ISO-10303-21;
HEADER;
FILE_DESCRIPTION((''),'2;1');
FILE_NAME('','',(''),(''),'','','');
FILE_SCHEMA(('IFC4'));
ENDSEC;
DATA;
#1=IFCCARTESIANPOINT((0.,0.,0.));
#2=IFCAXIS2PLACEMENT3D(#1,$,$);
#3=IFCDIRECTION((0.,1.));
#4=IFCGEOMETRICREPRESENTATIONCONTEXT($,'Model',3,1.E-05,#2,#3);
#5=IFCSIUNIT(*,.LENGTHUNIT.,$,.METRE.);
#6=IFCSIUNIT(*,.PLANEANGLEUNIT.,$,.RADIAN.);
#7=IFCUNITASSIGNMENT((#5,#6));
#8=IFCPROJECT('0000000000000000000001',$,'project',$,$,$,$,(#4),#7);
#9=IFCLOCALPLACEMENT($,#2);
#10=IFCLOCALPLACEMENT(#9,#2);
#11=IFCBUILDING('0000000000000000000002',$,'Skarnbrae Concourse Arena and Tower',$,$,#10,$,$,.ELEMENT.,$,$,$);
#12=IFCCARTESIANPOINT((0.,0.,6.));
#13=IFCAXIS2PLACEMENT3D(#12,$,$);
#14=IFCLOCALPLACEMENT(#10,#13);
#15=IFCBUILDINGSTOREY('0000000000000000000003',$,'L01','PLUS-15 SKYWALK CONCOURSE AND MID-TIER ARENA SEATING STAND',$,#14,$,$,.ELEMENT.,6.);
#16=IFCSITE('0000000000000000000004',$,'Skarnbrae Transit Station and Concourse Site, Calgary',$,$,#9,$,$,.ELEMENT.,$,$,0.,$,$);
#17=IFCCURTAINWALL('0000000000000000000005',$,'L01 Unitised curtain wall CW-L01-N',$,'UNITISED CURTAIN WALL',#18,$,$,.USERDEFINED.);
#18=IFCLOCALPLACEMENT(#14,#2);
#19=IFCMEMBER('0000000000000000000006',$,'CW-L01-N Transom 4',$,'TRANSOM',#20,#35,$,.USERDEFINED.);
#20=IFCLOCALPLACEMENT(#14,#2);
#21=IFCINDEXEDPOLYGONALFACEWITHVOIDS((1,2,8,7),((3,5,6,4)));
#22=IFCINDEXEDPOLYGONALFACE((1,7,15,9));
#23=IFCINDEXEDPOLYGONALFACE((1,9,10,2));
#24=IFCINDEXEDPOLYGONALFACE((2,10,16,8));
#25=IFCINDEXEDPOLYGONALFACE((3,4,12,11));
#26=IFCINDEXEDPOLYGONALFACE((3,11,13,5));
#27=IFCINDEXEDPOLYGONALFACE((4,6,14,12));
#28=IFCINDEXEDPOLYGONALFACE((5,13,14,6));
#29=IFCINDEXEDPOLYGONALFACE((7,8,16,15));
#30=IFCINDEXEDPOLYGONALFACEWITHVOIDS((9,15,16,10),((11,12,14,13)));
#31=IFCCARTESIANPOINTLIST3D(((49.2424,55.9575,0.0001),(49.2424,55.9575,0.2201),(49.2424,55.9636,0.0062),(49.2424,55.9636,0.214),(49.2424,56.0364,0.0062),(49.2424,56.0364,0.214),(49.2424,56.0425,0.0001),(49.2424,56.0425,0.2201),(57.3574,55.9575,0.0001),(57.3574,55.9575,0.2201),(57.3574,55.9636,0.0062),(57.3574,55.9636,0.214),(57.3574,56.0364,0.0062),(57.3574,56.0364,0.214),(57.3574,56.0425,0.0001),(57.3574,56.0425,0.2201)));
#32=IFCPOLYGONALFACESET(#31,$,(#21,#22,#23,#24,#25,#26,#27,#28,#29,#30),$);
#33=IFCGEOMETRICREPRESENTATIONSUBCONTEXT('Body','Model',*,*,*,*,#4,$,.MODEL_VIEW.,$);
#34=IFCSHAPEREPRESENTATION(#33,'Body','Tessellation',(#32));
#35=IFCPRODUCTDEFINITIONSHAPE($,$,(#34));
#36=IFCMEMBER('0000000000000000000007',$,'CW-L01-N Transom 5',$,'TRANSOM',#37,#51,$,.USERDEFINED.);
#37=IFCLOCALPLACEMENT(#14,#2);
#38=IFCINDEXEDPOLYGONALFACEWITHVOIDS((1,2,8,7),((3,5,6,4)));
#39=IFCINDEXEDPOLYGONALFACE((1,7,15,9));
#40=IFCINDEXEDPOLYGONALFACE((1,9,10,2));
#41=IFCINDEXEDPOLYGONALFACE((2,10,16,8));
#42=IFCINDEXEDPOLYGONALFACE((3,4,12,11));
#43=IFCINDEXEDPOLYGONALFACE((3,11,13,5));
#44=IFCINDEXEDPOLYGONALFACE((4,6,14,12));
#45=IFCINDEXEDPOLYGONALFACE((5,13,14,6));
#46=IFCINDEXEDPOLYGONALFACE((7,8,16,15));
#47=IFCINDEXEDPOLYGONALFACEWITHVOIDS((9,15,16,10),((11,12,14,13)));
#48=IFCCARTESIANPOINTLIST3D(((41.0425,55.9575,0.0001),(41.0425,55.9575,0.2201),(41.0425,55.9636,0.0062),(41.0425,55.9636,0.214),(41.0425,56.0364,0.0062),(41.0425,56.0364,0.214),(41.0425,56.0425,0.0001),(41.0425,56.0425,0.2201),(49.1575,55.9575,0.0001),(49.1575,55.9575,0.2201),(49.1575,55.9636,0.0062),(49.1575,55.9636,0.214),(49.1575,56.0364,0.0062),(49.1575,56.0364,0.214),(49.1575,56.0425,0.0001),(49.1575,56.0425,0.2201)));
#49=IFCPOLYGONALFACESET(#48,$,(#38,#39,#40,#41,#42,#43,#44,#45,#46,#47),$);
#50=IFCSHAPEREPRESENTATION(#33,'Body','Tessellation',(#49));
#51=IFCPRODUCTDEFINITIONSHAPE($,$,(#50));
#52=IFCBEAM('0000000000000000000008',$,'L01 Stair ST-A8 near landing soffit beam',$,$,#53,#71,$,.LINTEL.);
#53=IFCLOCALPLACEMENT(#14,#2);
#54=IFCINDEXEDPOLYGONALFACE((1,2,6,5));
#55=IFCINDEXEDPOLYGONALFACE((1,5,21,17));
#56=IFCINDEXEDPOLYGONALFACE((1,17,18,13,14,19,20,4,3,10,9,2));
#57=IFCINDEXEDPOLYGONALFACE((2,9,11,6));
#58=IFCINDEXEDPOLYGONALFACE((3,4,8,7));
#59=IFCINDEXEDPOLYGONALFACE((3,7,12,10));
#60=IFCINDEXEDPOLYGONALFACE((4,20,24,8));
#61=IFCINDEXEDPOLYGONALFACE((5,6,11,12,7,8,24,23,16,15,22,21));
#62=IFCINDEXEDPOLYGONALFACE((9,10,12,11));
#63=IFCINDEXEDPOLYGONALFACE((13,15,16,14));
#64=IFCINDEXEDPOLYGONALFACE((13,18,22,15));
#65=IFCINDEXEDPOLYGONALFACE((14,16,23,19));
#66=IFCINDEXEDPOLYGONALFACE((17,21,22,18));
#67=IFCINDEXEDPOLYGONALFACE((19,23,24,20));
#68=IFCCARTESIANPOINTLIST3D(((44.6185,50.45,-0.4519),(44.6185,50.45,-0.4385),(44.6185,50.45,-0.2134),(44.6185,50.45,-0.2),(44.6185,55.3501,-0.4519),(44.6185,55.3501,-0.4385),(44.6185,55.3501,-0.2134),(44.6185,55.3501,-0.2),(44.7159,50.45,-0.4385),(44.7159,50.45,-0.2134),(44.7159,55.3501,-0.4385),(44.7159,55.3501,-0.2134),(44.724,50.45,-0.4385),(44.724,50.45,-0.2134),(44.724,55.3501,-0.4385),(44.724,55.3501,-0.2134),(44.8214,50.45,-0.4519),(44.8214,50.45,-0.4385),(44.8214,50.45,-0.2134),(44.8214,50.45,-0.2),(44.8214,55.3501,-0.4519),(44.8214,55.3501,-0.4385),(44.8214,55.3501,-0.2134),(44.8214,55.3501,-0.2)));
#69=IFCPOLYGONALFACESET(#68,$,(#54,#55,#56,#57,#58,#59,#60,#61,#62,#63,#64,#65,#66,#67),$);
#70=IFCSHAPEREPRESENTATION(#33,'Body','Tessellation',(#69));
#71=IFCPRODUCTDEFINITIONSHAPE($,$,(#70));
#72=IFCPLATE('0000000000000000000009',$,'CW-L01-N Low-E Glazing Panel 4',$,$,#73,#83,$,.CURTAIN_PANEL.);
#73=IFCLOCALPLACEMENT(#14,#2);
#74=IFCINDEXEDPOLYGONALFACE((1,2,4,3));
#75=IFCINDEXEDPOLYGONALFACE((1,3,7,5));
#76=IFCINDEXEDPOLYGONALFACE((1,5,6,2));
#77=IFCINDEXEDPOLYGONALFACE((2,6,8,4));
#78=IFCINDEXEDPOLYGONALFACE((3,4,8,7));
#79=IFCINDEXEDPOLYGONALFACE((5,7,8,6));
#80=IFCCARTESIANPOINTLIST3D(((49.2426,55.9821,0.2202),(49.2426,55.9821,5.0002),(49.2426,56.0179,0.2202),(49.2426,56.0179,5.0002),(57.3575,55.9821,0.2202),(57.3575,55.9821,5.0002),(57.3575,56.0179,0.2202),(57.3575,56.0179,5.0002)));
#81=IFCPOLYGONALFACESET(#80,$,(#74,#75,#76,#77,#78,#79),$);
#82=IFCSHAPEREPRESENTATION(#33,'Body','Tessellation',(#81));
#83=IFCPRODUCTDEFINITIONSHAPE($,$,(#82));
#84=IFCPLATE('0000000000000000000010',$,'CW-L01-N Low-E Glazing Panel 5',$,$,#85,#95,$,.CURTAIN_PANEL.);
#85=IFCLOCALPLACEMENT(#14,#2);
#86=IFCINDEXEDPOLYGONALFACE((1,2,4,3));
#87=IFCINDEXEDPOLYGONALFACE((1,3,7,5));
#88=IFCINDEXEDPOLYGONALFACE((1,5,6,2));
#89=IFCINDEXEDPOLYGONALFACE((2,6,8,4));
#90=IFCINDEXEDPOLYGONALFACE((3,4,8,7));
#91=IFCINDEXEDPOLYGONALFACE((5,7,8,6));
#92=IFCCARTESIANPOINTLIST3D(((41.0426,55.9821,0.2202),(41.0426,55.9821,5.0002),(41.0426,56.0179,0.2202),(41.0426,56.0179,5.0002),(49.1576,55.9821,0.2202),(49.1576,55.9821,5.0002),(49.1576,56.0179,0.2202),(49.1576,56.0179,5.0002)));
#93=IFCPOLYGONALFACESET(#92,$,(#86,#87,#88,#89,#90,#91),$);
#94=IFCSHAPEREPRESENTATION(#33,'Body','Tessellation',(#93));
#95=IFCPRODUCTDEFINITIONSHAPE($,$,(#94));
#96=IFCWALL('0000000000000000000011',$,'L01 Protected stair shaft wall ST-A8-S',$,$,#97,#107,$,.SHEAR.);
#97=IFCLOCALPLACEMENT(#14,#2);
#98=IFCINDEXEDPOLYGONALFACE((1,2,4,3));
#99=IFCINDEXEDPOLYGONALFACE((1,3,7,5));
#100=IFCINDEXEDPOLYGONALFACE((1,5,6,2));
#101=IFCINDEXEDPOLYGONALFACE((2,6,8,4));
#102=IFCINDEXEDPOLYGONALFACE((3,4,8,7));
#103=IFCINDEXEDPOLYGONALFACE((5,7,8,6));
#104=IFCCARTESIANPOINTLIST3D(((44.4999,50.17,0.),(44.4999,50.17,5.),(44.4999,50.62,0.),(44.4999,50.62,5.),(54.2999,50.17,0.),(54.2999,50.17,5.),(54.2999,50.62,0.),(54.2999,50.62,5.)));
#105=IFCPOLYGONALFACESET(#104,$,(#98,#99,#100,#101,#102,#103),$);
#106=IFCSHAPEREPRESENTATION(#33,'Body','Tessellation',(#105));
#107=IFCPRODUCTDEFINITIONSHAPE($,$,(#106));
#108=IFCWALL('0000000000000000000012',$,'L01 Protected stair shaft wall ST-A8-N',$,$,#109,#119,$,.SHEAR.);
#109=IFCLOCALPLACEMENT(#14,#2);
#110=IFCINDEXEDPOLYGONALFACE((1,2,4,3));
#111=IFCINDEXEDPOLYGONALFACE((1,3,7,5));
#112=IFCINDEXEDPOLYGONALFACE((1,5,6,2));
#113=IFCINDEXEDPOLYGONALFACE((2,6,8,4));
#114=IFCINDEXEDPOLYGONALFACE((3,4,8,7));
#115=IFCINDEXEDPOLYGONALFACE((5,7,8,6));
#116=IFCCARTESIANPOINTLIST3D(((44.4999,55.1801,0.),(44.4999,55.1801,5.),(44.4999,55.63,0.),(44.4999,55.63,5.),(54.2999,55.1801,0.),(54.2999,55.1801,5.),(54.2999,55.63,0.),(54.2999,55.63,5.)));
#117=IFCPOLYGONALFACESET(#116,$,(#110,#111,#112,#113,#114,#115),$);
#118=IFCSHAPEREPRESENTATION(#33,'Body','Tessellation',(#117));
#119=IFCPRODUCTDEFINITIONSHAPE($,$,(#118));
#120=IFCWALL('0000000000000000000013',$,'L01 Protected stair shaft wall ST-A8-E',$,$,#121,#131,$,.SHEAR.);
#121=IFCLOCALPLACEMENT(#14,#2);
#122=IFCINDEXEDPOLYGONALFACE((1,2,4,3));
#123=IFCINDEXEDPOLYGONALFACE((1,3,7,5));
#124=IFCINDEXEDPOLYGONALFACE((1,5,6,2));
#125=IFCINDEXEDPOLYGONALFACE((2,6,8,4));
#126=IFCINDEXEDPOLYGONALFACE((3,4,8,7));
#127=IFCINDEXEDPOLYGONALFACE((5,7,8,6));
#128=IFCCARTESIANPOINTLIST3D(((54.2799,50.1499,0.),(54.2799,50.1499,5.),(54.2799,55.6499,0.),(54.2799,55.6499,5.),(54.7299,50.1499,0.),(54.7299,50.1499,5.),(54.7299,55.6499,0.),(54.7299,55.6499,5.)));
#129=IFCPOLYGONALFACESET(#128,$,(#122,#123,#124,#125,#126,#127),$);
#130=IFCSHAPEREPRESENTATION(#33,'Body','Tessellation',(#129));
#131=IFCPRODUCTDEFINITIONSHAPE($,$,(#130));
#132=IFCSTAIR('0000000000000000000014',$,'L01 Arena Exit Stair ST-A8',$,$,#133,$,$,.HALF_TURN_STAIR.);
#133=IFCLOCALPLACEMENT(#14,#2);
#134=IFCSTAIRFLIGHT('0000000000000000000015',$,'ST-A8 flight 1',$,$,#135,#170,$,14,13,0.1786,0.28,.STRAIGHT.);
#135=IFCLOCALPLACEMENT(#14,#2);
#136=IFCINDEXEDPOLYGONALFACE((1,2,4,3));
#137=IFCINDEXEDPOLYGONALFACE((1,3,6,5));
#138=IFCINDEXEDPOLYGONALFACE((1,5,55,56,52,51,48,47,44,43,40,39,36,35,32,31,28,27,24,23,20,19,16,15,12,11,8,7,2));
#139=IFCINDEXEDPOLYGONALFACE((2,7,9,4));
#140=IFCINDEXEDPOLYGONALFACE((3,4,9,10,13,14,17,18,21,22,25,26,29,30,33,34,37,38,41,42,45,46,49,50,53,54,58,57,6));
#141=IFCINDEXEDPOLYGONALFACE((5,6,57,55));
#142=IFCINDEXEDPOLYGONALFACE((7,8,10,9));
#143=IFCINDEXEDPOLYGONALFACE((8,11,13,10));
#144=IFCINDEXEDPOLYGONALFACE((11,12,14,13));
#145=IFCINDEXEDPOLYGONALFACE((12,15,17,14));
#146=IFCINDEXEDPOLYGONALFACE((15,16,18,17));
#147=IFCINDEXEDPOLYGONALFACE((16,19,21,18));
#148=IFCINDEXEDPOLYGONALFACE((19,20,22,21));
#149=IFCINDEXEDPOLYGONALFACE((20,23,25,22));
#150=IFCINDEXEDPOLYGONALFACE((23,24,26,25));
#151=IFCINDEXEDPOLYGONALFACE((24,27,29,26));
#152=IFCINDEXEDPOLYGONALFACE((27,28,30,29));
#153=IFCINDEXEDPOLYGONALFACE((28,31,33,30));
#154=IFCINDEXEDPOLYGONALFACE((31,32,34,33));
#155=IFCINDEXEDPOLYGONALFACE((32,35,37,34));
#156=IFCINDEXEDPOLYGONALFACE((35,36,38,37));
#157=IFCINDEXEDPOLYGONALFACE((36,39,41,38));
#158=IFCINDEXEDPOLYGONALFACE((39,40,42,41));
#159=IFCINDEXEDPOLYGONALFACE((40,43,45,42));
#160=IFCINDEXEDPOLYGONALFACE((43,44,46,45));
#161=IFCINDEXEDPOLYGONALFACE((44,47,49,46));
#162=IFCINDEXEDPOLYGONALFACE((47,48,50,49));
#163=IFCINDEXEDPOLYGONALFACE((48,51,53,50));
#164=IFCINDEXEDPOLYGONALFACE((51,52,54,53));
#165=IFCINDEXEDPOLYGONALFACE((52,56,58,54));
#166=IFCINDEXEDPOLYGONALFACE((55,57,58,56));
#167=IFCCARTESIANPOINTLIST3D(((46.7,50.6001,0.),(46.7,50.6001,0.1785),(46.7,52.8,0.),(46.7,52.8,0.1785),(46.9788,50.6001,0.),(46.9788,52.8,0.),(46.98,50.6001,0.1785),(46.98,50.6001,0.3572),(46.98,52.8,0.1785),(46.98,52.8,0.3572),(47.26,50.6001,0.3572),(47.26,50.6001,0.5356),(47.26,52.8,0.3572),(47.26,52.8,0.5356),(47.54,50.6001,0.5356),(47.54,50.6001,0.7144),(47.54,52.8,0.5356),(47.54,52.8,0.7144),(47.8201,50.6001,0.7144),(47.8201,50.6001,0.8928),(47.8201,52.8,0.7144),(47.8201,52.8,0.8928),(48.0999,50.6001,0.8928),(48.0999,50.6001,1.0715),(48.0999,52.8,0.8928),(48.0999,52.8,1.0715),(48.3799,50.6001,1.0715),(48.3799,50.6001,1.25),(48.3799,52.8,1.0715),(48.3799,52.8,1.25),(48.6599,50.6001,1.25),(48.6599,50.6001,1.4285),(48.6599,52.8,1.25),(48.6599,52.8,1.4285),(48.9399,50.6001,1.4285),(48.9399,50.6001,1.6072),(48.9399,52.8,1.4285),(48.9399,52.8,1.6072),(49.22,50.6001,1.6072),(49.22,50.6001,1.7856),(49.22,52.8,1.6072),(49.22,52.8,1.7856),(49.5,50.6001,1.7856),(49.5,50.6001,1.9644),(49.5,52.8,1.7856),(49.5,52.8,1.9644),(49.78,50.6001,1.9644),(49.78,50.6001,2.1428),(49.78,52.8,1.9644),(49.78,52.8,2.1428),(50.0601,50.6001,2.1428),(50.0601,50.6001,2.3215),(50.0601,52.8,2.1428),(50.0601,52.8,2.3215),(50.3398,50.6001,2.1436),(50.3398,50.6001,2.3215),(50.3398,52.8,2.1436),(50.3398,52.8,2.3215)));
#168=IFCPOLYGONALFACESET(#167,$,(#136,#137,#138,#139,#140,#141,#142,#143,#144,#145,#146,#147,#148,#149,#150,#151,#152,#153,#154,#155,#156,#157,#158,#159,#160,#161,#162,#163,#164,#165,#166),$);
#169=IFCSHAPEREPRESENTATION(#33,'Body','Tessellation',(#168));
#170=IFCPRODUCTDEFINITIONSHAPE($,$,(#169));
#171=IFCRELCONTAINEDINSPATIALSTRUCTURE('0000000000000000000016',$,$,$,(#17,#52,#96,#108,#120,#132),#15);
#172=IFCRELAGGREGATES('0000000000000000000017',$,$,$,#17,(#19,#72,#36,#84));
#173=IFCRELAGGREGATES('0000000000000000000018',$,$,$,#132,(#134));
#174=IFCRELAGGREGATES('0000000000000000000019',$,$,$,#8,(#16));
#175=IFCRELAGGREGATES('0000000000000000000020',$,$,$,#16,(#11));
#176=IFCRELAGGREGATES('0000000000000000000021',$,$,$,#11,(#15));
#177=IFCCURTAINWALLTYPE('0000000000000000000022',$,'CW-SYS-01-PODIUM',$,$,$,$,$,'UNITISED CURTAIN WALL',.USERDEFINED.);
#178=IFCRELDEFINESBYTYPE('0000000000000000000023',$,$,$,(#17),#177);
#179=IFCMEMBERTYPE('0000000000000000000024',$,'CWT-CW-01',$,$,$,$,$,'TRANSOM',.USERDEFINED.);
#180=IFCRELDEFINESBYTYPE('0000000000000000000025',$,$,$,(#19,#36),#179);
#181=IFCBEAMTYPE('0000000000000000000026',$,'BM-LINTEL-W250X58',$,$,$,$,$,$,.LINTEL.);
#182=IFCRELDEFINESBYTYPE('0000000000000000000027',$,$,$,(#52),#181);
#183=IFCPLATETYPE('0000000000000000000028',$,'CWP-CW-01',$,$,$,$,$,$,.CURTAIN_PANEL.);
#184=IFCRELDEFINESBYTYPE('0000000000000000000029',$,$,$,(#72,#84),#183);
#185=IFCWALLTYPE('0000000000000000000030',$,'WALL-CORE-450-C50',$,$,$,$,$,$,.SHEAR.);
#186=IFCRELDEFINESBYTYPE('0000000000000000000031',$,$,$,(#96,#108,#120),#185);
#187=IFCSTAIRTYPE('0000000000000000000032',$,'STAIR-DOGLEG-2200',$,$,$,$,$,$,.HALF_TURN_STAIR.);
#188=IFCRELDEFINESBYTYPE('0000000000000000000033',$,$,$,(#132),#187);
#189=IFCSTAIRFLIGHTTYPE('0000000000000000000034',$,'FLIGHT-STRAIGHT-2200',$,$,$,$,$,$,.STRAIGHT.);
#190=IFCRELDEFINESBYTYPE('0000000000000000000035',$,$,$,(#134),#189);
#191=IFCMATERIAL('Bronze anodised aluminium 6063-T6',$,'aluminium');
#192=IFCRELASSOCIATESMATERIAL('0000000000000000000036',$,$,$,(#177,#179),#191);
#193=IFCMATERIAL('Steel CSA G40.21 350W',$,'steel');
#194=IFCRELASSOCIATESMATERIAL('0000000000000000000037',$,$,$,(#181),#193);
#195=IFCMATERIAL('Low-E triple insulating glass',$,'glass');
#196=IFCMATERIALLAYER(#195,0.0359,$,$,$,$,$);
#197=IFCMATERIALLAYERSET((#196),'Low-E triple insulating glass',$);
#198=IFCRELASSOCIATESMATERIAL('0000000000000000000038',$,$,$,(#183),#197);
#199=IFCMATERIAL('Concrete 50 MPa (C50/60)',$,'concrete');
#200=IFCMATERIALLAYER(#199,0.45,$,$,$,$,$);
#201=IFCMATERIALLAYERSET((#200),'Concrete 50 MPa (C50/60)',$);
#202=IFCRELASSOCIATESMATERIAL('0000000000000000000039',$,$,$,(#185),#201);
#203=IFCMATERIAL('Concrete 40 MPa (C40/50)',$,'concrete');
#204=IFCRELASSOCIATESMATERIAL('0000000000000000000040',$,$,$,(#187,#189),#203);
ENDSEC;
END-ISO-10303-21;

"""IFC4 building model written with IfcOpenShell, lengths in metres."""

from ifc_helpers import new_model, si_unit, direction, frame, frame_2d, origin, origin_2d, place, context, subcontext, project, spatial, polyline, rectangle, hollow_rectangle, i_section, outline, extrude, source, transform, mapped, material, layer, layer_set, material_profile, profile_set, type_object, element, aggregate, save


model = new_model("IFC4")

# Units and contexts
model_context = context("Model", 3, precision=1e-05, world=origin(), true_north=direction((0.0, 1.0)))
body_context = subcontext(model_context, "Body", "Model", "MODEL_VIEW")
ifc_project = project(units=[si_unit("LENGTHUNIT", "METRE"), si_unit("PLANEANGLEUNIT", "RADIAN")], contexts=[model_context])

# Site, building, storey
site_placement = place(None, origin())
site = spatial("IfcSite", under=ifc_project, at=site_placement, Name="Skarnbrae Transit Station and Concourse Site, Calgary", CompositionType="ELEMENT", RefElevation=0.0)
building_placement = place(site_placement, origin())
building = spatial("IfcBuilding", under=site, at=building_placement, Name="Skarnbrae Concourse Arena and Tower", CompositionType="ELEMENT")
storey_placement = place(building_placement, frame((0.0, 0.0, 6.0)))
storey = spatial("IfcBuildingStorey", under=building, at=storey_placement, Name="L01", Description="PLUS-15 SKYWALK CONCOURSE AND MID-TIER ARENA SEATING STAND", CompositionType="ELEMENT", Elevation=6.0)

# Shared definitions
ifc_material_1 = material(Name="Steel CSA G40.21 350W", Category="steel")

# Curtain wall, members
ifc_material_2 = material(Name="Bronze anodised aluminium 6063-T6", Category="aluminium")
curtain_wall_type = type_object("IfcCurtainWallType", Name="CW-SYS-01-PODIUM", ElementType="UNITISED CURTAIN WALL", PredefinedType="USERDEFINED", material=ifc_material_2)
curtain_wall_placement = place(storey_placement, origin())
curtain_wall = element("IfcCurtainWall", 1, at=curtain_wall_placement, inside=storey, type_object=curtain_wall_type, Name="L01 Unitised curtain wall CW-L01-N", ObjectType="UNITISED CURTAIN WALL", PredefinedType="USERDEFINED")
ifc_material_profile_1 = material_profile(ifc_material_2, hollow_rectangle(XDim=0.085, YDim=0.22, WallThickness=0.0061, at=origin_2d()), Name="ALU-TRAN-85X220")
ifc_profile_set_1 = profile_set([ifc_material_profile_1], Name="Bronze anodised aluminium 6063-T6")
member_type_1 = type_object("IfcMemberType", Name="CWT-CW-01", ElementType="TRANSOM", PredefinedType="USERDEFINED", material=ifc_profile_set_1)
shared_shape_1 = source(origin(), body_context, "Body", "SweptSolid", [
    extrude(hollow_rectangle(XDim=0.085, YDim=0.22, WallThickness=0.0061, at=origin_2d()), origin(), (0.0, 0.0, 1.0), 8.115),
])
member_1_placement = place(storey_placement, frame((57.3574, 56.0, 0.1101), z_axis=(-1.0, 0.0, 0.0), x_axis=(0.0, -1.0, 0.0)))
member_1 = element("IfcMember", 2, at=member_1_placement, type_object=member_type_1, Name="CW-L01-N Transom 4", ObjectType="TRANSOM", PredefinedType="USERDEFINED", context=body_context, shape_type="MappedRepresentation", body=[
    mapped(shared_shape_1, transform((0.0, 0.0, 0.0))),
])
member_2_placement = place(storey_placement, frame((49.1575, 56.0, 0.1101), z_axis=(-1.0, 0.0, 0.0), x_axis=(0.0, -1.0, 0.0)))
member_2 = element("IfcMember", 3, at=member_2_placement, type_object=member_type_1, Name="CW-L01-N Transom 5", ObjectType="TRANSOM", PredefinedType="USERDEFINED", context=body_context, shape_type="MappedRepresentation", body=[
    mapped(shared_shape_1, transform((0.0, 0.0, 0.0))),
])

# Beam
ifc_material_profile_2 = material_profile(ifc_material_1, i_section(OverallWidth=0.2029, OverallDepth=0.252, WebThickness=0.0081, FlangeThickness=0.0134, at=origin_2d()), Name="W250X58")
ifc_profile_set_2 = profile_set([ifc_material_profile_2], Name="Steel CSA G40.21 350W")
beam_type_1 = type_object("IfcBeamType", Name="BM-LINTEL-W250X58", PredefinedType="LINTEL", material=ifc_profile_set_2)
shared_shape_2 = source(origin(), body_context, "Body", "SweptSolid", [
    extrude(i_section(OverallWidth=0.2029, OverallDepth=0.252, WebThickness=0.0081, FlangeThickness=0.0134, at=origin_2d()), origin(), (0.0, 0.0, 1.0), 4.9001),
])
beam_1_placement = place(storey_placement, frame((44.72, 50.45, -0.3259), z_axis=(0.0, 1.0, 0.0), x_axis=(-1.0, 0.0, 0.0)))
element("IfcBeam", 4, at=beam_1_placement, inside=storey, type_object=beam_type_1, Name="L01 Stair ST-A8 near landing soffit beam", PredefinedType="LINTEL", context=body_context, shape_type="MappedRepresentation", body=[
    mapped(shared_shape_2, transform((0.0, 0.0, 0.0))),
])

# Plates
ifc_material_3 = material(Name="Low-E triple insulating glass", Category="glass")
ifc_layer_1 = layer(ifc_material_3, 0.0359)
ifc_layer_set_1 = layer_set([ifc_layer_1], Name="Low-E triple insulating glass")
plate_type = type_object("IfcPlateType", Name="CWP-CW-01", PredefinedType="CURTAIN_PANEL", material=ifc_layer_set_1)
shared_shape_3 = source(origin(), body_context, "Body", "SweptSolid", [
    extrude(rectangle(XDim=8.115, YDim=0.0359, at=origin_2d()), origin(), (0.0, 0.0, 1.0), 4.78),
])
plate_1_placement = place(storey_placement, frame((53.3, 56.0, 0.2202), z_axis=(0.0, 0.0, 1.0), x_axis=(-1.0, 0.0, 0.0)))
plate_1 = element("IfcPlate", 5, at=plate_1_placement, type_object=plate_type, Name="CW-L01-N Low-E Glazing Panel 4", PredefinedType="CURTAIN_PANEL", context=body_context, shape_type="MappedRepresentation", body=[
    mapped(shared_shape_3, transform((0.0, 0.0, 0.0))),
])
plate_2_placement = place(storey_placement, frame((45.1001, 56.0, 0.2202), z_axis=(0.0, 0.0, 1.0), x_axis=(-1.0, 0.0, 0.0)))
plate_2 = element("IfcPlate", 6, at=plate_2_placement, type_object=plate_type, Name="CW-L01-N Low-E Glazing Panel 5", PredefinedType="CURTAIN_PANEL", context=body_context, shape_type="MappedRepresentation", body=[
    mapped(shared_shape_3, transform((0.0, 0.0, 0.0))),
])
aggregate(curtain_wall, [member_1, plate_1, member_2, plate_2])

# Walls
ifc_material_4 = material(Name="Concrete 50 MPa (C50/60)", Category="concrete")
ifc_layer_2 = layer(ifc_material_4, 0.45)
ifc_layer_set_2 = layer_set([ifc_layer_2], Name="Concrete 50 MPa (C50/60)")
wall_type = type_object("IfcWallType", Name="WALL-CORE-450-C50", PredefinedType="SHEAR", material=ifc_layer_set_2)
shared_shape_4 = source(origin(), body_context, "Body", "SweptSolid", [
    extrude(rectangle(XDim=9.8, YDim=0.45, at=frame_2d((4.8999, 0.0))), origin(), (0.0, 0.0, 1.0), 5.0),
])
for number, where, z_axis, x_axis, name in (
    (7, (44.5, 50.395, 0.0), (0.0, 0.0, 1.0), (1.0, 0.0, 0.0), "L01 Protected stair shaft wall ST-A8-S"),
    (8, (44.5, 55.405, 0.0), (0.0, 0.0, 1.0), (1.0, 0.0, 0.0), "L01 Protected stair shaft wall ST-A8-N"),
):
    element("IfcWall", number, at=place(storey_placement, frame(where, z_axis=z_axis, x_axis=x_axis)), inside=storey, type_object=wall_type, Name=name, PredefinedType="SHEAR", context=body_context, shape_type="MappedRepresentation", body=[
        mapped(shared_shape_4, transform((0.0, 0.0, 0.0))),
    ])

# Shared definitions
shared_shape_5 = source(origin(), body_context, "Body", "SweptSolid", [
    extrude(rectangle(XDim=5.5, YDim=0.45, at=frame_2d((2.75, 0.0))), origin(), (0.0, 0.0, 1.0), 5.0),
])

# Wall
wall_1_placement = place(storey_placement, frame((54.5049, 50.1499, 0.0), z_axis=(0.0, 0.0, 1.0), x_axis=(0.0, 1.0, 0.0)))
element("IfcWall", 9, at=wall_1_placement, inside=storey, type_object=wall_type, Name="L01 Protected stair shaft wall ST-A8-E", PredefinedType="SHEAR", context=body_context, shape_type="MappedRepresentation", body=[
    mapped(shared_shape_5, transform((0.0, 0.0, 0.0))),
])

# Stair, stair flight
ifc_material_5 = material(Name="Concrete 40 MPa (C40/50)", Category="concrete")
stair_type = type_object("IfcStairType", Name="STAIR-DOGLEG-2200", PredefinedType="HALF_TURN_STAIR", material=ifc_material_5)
stair_placement = place(storey_placement, origin())
stair = element("IfcStair", 10, at=stair_placement, inside=storey, type_object=stair_type, Name="L01 Arena Exit Stair ST-A8", PredefinedType="HALF_TURN_STAIR")
stair_flight_type = type_object("IfcStairFlightType", Name="FLIGHT-STRAIGHT-2200", PredefinedType="STRAIGHT", material=ifc_material_5)
shared_shape_6 = source(origin(), body_context, "Body", "SweptSolid", [
    extrude(outline(polyline([(0.0, 0.0), (0.0, 0.1785), (0.28, 0.1785), (0.28, 0.3572), (0.5601, 0.3572), (0.5601, 0.5356), (0.8401, 0.5356), (0.8401, 0.7144), (1.1201, 0.7144), (1.1201, 0.8928), (1.3999, 0.8928), (1.3999, 1.0715), (1.6799, 1.0715), (1.6799, 1.25), (1.96, 1.25), (1.96, 1.4285), (2.24, 1.4285), (2.24, 1.6072), (2.52, 1.6072), (2.52, 1.7856), (2.8, 1.7856), (2.8, 1.9644), (3.0801, 1.9644), (3.0801, 2.1428), (3.3601, 2.1428), (3.3601, 2.3215), (3.6399, 2.3215), (3.6399, 2.5), (3.6399, 2.1436), (0.2788, 0.0), (0.0, 0.0)])), frame((0.0, 1.1001, 0.0), z_axis=(0.0, -1.0, 0.0), x_axis=(1.0, 0.0, 0.0)), (0.0, 0.0, 1.0), 2.2),
])
stair_flight_1_placement = place(storey_placement, frame((46.7, 51.7, 0.0), z_axis=(0.0, 0.0, 1.0), x_axis=(1.0, 0.0, 0.0)))
stair_flight_1 = element("IfcStairFlight", 11, at=stair_flight_1_placement, type_object=stair_flight_type, Name="ST-A8 flight 1", NumberOfRisers=14, NumberOfTreads=13, PredefinedType="STRAIGHT", RiserHeight=0.1786, TreadLength=0.28, context=body_context, shape_type="MappedRepresentation", body=[
    mapped(shared_shape_6, transform((0.0, 0.0, 0.0))),
])
aggregate(stair, [stair_flight_1])

save(model, "model.ifc")
